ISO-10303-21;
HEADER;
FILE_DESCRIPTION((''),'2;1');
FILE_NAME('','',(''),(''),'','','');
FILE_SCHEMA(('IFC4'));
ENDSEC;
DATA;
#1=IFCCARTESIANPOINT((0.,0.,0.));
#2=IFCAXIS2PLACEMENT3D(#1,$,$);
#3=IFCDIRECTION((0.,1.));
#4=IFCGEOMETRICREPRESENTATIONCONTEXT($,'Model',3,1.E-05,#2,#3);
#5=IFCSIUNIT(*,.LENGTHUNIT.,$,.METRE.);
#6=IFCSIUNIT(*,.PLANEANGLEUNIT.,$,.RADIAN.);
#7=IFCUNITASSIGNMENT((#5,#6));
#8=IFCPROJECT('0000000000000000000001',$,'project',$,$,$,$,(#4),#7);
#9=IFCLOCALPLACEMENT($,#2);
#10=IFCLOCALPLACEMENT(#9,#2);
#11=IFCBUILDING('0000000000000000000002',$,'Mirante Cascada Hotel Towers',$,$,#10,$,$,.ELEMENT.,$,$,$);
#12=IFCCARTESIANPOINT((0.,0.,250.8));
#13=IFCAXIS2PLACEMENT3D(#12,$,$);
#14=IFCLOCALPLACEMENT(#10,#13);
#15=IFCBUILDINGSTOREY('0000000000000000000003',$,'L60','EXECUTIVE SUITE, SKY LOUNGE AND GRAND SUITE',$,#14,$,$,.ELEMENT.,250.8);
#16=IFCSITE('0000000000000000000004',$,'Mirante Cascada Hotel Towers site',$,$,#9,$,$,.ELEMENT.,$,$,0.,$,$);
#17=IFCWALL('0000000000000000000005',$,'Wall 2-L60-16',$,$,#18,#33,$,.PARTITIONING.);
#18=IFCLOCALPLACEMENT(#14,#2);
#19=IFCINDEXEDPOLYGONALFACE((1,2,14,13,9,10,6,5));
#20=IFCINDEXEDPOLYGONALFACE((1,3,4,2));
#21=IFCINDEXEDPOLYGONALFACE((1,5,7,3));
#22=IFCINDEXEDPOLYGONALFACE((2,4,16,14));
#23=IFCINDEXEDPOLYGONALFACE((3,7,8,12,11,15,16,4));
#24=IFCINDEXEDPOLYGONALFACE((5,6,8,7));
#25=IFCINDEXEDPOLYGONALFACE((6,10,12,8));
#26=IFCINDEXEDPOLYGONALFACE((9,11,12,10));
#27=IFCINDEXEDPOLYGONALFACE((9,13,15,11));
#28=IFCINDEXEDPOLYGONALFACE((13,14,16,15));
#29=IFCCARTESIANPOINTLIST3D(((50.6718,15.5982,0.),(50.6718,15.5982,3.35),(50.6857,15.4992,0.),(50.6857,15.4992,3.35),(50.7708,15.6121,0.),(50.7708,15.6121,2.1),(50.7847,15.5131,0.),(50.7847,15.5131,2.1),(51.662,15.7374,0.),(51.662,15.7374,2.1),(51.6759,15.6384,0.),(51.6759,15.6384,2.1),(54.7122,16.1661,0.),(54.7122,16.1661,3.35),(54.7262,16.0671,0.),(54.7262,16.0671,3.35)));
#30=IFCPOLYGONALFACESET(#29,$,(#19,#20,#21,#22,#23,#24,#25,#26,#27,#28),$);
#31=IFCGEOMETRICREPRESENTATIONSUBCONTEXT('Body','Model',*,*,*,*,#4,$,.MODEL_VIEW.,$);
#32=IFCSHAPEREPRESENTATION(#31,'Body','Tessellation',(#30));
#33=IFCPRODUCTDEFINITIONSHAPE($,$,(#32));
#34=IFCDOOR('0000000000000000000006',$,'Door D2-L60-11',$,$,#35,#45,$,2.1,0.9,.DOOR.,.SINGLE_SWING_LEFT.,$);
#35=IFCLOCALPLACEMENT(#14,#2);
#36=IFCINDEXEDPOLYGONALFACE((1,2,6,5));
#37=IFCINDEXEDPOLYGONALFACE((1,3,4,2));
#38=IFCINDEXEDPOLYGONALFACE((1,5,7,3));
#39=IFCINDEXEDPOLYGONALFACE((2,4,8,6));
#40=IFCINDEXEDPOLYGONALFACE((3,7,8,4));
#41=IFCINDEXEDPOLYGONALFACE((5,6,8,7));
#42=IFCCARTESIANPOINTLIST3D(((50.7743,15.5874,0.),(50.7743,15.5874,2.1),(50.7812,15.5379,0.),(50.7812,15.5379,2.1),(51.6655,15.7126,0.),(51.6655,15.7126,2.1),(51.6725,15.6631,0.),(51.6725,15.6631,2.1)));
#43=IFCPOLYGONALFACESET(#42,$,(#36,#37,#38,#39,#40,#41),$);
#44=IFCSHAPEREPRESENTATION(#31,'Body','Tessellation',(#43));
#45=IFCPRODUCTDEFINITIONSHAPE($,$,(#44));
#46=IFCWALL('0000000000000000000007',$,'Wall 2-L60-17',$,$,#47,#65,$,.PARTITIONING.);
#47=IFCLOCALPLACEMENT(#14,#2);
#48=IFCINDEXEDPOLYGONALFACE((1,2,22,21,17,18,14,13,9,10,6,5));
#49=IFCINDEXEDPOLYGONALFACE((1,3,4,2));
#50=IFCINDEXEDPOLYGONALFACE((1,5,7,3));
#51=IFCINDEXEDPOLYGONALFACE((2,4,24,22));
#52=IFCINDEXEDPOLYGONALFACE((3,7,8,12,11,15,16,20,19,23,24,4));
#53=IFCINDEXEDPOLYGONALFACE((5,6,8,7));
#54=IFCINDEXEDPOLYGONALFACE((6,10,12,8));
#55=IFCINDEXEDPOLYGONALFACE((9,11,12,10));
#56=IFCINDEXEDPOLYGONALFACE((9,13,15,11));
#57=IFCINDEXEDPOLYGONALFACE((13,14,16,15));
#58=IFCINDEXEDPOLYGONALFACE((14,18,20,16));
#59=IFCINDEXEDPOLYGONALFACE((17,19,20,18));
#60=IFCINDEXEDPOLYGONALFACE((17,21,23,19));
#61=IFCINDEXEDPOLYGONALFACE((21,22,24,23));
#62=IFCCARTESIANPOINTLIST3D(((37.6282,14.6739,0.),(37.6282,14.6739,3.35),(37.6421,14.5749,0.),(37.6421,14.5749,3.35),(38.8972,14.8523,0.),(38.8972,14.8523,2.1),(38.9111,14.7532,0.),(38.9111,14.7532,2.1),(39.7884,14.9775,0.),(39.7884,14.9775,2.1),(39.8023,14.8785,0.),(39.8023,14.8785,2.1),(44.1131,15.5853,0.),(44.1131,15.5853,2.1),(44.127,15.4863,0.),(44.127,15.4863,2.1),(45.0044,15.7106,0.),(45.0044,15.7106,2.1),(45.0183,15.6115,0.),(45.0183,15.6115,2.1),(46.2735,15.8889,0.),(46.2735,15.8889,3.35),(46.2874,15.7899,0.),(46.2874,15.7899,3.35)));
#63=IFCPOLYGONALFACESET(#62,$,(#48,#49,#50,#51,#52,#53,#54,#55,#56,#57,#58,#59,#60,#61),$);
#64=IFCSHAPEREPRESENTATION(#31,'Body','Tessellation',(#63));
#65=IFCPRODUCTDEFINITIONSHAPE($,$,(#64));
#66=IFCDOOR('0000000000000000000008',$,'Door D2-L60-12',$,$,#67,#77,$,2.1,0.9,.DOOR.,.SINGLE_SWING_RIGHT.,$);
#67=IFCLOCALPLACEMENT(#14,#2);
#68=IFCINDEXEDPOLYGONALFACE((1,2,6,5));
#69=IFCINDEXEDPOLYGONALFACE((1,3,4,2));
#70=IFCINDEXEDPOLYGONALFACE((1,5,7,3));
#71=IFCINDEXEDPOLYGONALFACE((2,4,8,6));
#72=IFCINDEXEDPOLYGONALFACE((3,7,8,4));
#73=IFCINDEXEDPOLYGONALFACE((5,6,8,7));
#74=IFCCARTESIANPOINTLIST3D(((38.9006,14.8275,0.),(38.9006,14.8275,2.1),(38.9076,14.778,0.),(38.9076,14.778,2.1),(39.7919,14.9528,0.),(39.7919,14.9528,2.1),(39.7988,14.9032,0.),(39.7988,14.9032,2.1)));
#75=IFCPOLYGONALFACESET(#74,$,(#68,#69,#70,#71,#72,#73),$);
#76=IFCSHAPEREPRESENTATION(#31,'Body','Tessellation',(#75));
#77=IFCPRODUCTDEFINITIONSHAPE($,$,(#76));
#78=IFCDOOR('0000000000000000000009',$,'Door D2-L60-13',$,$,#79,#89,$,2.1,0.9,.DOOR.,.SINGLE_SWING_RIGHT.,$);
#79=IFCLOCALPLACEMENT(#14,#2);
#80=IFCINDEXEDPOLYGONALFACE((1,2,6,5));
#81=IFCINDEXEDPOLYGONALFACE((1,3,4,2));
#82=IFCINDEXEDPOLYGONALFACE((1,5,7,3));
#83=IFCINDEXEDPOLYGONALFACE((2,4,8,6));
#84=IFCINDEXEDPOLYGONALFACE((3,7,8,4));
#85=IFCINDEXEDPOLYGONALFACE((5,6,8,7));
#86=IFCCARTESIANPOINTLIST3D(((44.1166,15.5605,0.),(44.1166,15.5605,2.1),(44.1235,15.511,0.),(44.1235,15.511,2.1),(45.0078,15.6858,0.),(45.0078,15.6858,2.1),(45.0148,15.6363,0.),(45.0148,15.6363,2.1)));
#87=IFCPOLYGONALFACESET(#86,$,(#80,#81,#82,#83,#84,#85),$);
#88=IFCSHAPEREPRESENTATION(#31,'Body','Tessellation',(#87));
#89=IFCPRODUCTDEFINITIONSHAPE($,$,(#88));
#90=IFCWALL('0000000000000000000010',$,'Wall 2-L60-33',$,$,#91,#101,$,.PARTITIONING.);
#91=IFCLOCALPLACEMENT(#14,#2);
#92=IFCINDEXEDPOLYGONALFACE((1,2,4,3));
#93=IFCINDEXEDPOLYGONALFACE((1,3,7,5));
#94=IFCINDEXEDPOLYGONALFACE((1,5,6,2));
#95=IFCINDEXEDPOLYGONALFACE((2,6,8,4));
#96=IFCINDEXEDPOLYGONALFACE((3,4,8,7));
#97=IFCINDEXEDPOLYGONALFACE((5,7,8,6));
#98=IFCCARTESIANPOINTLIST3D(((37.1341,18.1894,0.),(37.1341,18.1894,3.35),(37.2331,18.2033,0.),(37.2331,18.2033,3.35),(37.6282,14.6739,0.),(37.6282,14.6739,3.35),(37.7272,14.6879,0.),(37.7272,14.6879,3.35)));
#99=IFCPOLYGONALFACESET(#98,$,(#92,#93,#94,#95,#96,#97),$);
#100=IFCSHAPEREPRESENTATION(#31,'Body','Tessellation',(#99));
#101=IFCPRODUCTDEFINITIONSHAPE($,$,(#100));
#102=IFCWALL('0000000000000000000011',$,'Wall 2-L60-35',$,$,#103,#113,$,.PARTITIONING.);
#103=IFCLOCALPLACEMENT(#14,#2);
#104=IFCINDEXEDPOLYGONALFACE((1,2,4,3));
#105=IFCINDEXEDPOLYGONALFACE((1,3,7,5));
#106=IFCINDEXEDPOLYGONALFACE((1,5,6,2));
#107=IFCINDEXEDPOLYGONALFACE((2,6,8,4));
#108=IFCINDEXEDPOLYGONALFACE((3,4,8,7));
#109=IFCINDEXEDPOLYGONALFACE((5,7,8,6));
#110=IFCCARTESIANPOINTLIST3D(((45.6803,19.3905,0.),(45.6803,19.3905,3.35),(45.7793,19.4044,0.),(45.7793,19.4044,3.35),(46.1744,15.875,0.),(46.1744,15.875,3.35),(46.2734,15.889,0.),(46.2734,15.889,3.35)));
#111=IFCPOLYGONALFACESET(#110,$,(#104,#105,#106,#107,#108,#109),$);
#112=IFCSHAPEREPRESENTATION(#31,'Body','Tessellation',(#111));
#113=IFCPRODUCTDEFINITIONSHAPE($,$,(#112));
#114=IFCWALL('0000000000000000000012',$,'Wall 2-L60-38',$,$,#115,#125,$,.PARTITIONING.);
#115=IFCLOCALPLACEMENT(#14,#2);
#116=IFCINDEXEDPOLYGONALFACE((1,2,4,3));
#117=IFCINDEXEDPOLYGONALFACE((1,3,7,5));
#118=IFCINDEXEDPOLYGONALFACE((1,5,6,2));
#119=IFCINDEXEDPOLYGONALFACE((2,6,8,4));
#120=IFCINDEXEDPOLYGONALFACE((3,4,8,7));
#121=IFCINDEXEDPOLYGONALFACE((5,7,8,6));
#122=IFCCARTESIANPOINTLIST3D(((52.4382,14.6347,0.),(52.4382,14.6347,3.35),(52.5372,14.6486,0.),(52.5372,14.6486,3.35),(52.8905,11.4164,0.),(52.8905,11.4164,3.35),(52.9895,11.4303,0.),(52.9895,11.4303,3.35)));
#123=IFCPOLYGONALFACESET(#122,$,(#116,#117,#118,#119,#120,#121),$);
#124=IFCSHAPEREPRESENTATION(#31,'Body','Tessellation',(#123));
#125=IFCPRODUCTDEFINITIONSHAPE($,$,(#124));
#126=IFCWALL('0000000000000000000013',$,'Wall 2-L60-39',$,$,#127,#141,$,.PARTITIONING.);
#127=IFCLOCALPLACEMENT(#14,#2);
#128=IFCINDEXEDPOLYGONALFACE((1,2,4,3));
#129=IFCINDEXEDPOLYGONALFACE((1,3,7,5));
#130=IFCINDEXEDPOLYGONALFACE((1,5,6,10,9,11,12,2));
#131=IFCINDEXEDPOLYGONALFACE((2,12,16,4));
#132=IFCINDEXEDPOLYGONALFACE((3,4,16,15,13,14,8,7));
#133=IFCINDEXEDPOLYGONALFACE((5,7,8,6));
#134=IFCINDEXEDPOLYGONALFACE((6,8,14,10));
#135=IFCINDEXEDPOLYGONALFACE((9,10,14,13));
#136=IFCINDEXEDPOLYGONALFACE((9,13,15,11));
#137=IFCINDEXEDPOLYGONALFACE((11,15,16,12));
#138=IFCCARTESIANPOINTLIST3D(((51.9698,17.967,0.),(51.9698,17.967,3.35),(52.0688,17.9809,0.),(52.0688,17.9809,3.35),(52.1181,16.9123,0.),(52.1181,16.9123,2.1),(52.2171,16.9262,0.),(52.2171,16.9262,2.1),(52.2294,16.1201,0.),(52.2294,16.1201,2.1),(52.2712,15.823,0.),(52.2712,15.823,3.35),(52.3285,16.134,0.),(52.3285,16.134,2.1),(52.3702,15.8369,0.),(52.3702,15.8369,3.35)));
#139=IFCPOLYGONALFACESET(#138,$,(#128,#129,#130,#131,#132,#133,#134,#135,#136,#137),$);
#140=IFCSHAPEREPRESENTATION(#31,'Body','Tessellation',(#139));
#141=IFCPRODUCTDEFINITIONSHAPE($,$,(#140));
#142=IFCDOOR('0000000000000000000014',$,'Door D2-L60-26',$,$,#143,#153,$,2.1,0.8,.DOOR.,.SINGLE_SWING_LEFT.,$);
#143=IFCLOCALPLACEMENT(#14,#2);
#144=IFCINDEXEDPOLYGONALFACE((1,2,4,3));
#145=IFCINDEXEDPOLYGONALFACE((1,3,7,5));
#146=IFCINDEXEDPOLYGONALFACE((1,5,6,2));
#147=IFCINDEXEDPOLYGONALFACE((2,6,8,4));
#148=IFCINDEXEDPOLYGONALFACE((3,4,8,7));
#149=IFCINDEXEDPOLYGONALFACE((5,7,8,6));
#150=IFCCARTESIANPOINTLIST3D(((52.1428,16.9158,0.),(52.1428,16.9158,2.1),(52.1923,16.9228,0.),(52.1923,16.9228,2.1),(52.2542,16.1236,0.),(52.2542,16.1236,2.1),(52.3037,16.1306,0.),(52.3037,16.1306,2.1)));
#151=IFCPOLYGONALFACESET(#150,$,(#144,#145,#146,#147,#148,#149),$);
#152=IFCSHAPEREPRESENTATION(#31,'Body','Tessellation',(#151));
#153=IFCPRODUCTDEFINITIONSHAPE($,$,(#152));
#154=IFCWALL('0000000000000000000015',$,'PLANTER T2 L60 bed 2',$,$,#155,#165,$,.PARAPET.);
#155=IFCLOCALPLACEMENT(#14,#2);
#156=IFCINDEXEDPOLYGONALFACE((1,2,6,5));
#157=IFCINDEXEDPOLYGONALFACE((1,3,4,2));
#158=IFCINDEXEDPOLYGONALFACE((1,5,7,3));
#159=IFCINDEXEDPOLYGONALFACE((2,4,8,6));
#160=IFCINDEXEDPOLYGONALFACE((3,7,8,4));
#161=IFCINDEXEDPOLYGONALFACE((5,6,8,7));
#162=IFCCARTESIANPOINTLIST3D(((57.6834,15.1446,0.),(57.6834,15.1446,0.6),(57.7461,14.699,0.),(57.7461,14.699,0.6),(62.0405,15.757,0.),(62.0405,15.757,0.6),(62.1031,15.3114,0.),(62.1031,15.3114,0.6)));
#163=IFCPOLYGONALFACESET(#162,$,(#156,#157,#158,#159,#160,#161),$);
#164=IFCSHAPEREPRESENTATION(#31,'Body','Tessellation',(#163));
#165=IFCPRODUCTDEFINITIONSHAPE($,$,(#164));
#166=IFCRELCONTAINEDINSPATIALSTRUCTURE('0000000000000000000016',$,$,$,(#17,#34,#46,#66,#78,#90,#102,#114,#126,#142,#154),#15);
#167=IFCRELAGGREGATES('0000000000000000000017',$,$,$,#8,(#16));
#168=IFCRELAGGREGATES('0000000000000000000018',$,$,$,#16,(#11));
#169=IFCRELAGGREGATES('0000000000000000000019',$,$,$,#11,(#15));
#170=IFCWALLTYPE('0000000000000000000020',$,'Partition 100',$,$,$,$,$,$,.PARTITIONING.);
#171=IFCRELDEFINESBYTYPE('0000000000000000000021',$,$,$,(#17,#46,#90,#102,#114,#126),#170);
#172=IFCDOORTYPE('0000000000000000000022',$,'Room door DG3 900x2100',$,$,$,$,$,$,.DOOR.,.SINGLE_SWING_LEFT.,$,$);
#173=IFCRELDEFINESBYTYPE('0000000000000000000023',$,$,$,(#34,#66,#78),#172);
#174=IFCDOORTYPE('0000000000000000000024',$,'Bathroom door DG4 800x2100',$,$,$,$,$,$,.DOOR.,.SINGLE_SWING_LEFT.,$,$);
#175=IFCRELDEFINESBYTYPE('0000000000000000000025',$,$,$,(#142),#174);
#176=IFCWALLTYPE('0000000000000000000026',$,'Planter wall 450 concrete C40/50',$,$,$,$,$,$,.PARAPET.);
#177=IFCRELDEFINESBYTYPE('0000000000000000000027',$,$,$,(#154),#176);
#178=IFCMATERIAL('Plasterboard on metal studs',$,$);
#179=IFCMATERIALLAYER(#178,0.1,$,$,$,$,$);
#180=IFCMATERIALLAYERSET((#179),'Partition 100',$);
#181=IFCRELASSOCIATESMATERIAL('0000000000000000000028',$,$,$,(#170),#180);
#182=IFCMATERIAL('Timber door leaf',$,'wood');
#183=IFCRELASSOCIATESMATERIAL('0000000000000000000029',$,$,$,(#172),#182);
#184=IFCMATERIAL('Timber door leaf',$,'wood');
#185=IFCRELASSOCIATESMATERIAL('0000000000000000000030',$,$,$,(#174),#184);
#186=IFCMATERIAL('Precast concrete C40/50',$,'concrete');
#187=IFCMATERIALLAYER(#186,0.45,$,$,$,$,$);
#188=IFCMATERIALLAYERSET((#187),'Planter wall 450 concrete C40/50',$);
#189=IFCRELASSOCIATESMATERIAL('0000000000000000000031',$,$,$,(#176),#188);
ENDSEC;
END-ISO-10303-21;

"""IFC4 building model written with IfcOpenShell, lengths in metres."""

from ifc_helpers import new_model, si_unit, direction, frame, frame_2d, origin, place, context, subcontext, project, spatial, rectangle, extrude, material, layer, layer_set, type_object, element, fill, save


model = new_model("IFC4")

# Units and contexts
model_context = context("Model", 3, precision=1e-05, world=origin(), true_north=direction((0.0, 1.0)))
body_context = subcontext(model_context, "Body", "Model", "MODEL_VIEW")
ifc_project = project(units=[si_unit("LENGTHUNIT", "METRE"), si_unit("PLANEANGLEUNIT", "RADIAN")], contexts=[model_context])

# Site, building, storey
site_placement = place(None, origin())
site = spatial("IfcSite", under=ifc_project, at=site_placement, Name="Mirante Cascada Hotel Towers site", CompositionType="ELEMENT", RefElevation=0.0)
building_placement = place(site_placement, origin())
building = spatial("IfcBuilding", under=site, at=building_placement, Name="Mirante Cascada Hotel Towers", CompositionType="ELEMENT")
storey_placement = place(building_placement, frame((0.0, 0.0, 250.8)))
storey = spatial("IfcBuildingStorey", under=building, at=storey_placement, Name="L60", Description="EXECUTIVE SUITE, SKY LOUNGE AND GRAND SUITE", CompositionType="ELEMENT", Elevation=250.8)

# Wall, opening, door
ifc_material_1 = material(Name="Plasterboard on metal studs")
ifc_layer_1 = layer(ifc_material_1, 0.1)
ifc_layer_set_1 = layer_set([ifc_layer_1], Name="Partition 100")
wall_type_1 = type_object("IfcWallType", Name="Partition 100", PredefinedType="PARTITIONING", material=ifc_layer_set_1)
wall_1_placement = place(storey_placement, frame((54.7192, 16.1166, 0.0), z_axis=(0.0, 0.0, 1.0), x_axis=(-0.990267, -0.139184, 0.0)))
wall_1 = element("IfcWall", 1, at=wall_1_placement, inside=storey, type_object=wall_type_1, Name="Wall 2-L60-16", PredefinedType="PARTITIONING", context=body_context, shape_type="SweptSolid", body=[
    extrude(rectangle(XDim=4.0802, YDim=0.1, at=frame_2d((2.0401, 0.0))), origin(), (0.0, 0.0, 1.0), 3.35),
])
opening_1_placement = place(wall_1_placement, frame((3.0802, 0.0, 0.0)))
opening_1 = element("IfcOpeningElement", 2, at=opening_1_placement, cuts=wall_1, PredefinedType="OPENING", context=body_context, shape_type="SweptSolid", body=[
    extrude(rectangle(XDim=0.9, YDim=2.1, at=frame_2d((0.45, 1.05))), frame((0.0, 0.05, 0.0), z_axis=(0.0, -1.0, 0.0), x_axis=(1.0, 0.0, 0.0)), (0.0, 0.0, 1.0), 0.1),
])
ifc_material_2 = material(Name="Timber door leaf", Category="wood")
door_type_1 = type_object("IfcDoorType", Name="Room door DG3 900x2100", OperationType="SINGLE_SWING_LEFT", PredefinedType="DOOR", material=ifc_material_2)
door_1_placement = place(opening_1_placement, origin())
door_1 = element("IfcDoor", 3, at=door_1_placement, inside=storey, type_object=door_type_1, Name="Door D2-L60-11", OperationType="SINGLE_SWING_LEFT", OverallHeight=2.1, OverallWidth=0.9, PredefinedType="DOOR", context=body_context, shape_type="SweptSolid", body=[
    extrude(rectangle(XDim=0.9, YDim=2.1, at=frame_2d((0.45, 1.05))), frame((0.0, 0.025, 0.0), z_axis=(0.0, -1.0, 0.0), x_axis=(1.0, 0.0, 0.0)), (0.0, 0.0, 1.0), 0.05),
])
fill(opening_1, door_1)

# Wall, openings, doors
wall_2_placement = place(storey_placement, frame((37.6351, 14.6244, 0.0), z_axis=(0.0, 0.0, 1.0), x_axis=(0.990268, 0.139171, 0.0)))
wall_2 = element("IfcWall", 4, at=wall_2_placement, inside=storey, type_object=wall_type_1, Name="Wall 2-L60-17", PredefinedType="PARTITIONING", context=body_context, shape_type="SweptSolid", body=[
    extrude(rectangle(XDim=8.7303, YDim=0.1, at=frame_2d((4.3652, 0.0))), origin(), (0.0, 0.0, 1.0), 3.35),
])
opening_2_placement = place(wall_2_placement, frame((1.2815, 0.0, 0.0)))
opening_2 = element("IfcOpeningElement", 5, at=opening_2_placement, cuts=wall_2, PredefinedType="OPENING", context=body_context, shape_type="SweptSolid", body=[
    extrude(rectangle(XDim=0.9, YDim=2.1, at=frame_2d((0.45, 1.05))), frame((0.0, 0.05, 0.0), z_axis=(0.0, -1.0, 0.0), x_axis=(1.0, 0.0, 0.0)), (0.0, 0.0, 1.0), 0.1),
])
opening_3_placement = place(wall_2_placement, frame((6.5487, 0.0, 0.0)))
opening_3 = element("IfcOpeningElement", 6, at=opening_3_placement, cuts=wall_2, PredefinedType="OPENING", context=body_context, shape_type="SweptSolid", body=[
    extrude(rectangle(XDim=0.9, YDim=2.1, at=frame_2d((0.45, 1.05))), frame((0.0, 0.05, 0.0), z_axis=(0.0, -1.0, 0.0), x_axis=(1.0, 0.0, 0.0)), (0.0, 0.0, 1.0), 0.1),
])
door_2_placement = place(opening_2_placement, frame((0.9, 0.0, 0.0), z_axis=(0.0, 0.0, 1.0), x_axis=(-1.0, 0.0, 0.0)))
door_2 = element("IfcDoor", 7, at=door_2_placement, inside=storey, type_object=door_type_1, Name="Door D2-L60-12", OperationType="SINGLE_SWING_RIGHT", OverallHeight=2.1, OverallWidth=0.9, PredefinedType="DOOR", context=body_context, shape_type="SweptSolid", body=[
    extrude(rectangle(XDim=0.9, YDim=2.1, at=frame_2d((0.45, 1.05))), frame((0.0, 0.025, 0.0), z_axis=(0.0, -1.0, 0.0), x_axis=(1.0, 0.0, 0.0)), (0.0, 0.0, 1.0), 0.05),
])
fill(opening_2, door_2)
door_3_placement = place(opening_3_placement, frame((0.9, 0.0, 0.0), z_axis=(0.0, 0.0, 1.0), x_axis=(-1.0, 0.0, 0.0)))
door_3 = element("IfcDoor", 8, at=door_3_placement, inside=storey, type_object=door_type_1, Name="Door D2-L60-13", OperationType="SINGLE_SWING_RIGHT", OverallHeight=2.1, OverallWidth=0.9, PredefinedType="DOOR", context=body_context, shape_type="SweptSolid", body=[
    extrude(rectangle(XDim=0.9, YDim=2.1, at=frame_2d((0.45, 1.05))), frame((0.0, 0.025, 0.0), z_axis=(0.0, -1.0, 0.0), x_axis=(1.0, 0.0, 0.0)), (0.0, 0.0, 1.0), 0.05),
])
fill(opening_3, door_3)

# Walls
for number, where, z_axis, x_axis, name in (
    (9, (37.6777, 14.6809, 0.0), (0.0, 0.0, 1.0), (-0.139185, 0.990266, 0.0), "Wall 2-L60-33"),
    (10, (46.2239, 15.882, 0.0), (0.0, 0.0, 1.0), (-0.139185, 0.990266, 0.0), "Wall 2-L60-35"),
):
    element("IfcWall", number, at=place(storey_placement, frame(where, z_axis=z_axis, x_axis=x_axis)), inside=storey, type_object=wall_type_1, Name=name, PredefinedType="PARTITIONING", context=body_context, shape_type="SweptSolid", body=[
        extrude(rectangle(XDim=3.55, YDim=0.1, at=frame_2d((1.775, 0.0))), origin(), (0.0, 0.0, 1.0), 3.35),
    ])
wall_3_placement = place(storey_placement, frame((52.4877, 14.6416, 0.0), z_axis=(0.0, 0.0, 1.0), x_axis=(0.139172, -0.990268, 0.0)))
element("IfcWall", 11, at=wall_3_placement, inside=storey, type_object=wall_type_1, Name="Wall 2-L60-38", PredefinedType="PARTITIONING", context=body_context, shape_type="SweptSolid", body=[
    extrude(rectangle(XDim=3.2499, YDim=0.1, at=frame_2d((1.6249, 0.0))), origin(), (0.0, 0.0, 1.0), 3.35),
])

# Wall, opening, door
wall_4_placement = place(storey_placement, frame((52.3207, 15.83, 0.0), z_axis=(0.0, 0.0, 1.0), x_axis=(-0.13921, 0.990263, 0.0)))
wall_4 = element("IfcWall", 12, at=wall_4_placement, inside=storey, type_object=wall_type_1, Name="Wall 2-L60-39", PredefinedType="PARTITIONING", context=body_context, shape_type="SweptSolid", body=[
    extrude(rectangle(XDim=2.1651, YDim=0.1, at=frame_2d((1.0825, 0.0))), origin(), (0.0, 0.0, 1.0), 3.35),
])
opening_4_placement = place(wall_4_placement, frame((0.3, 0.0, 0.0)))
opening_4 = element("IfcOpeningElement", 13, at=opening_4_placement, cuts=wall_4, PredefinedType="OPENING", context=body_context, shape_type="SweptSolid", body=[
    extrude(rectangle(XDim=0.8, YDim=2.1, at=frame_2d((0.4, 1.05))), frame((0.0, 0.05, 0.0), z_axis=(0.0, -1.0, 0.0), x_axis=(1.0, 0.0, 0.0)), (0.0, 0.0, 1.0), 0.1),
])
ifc_material_3 = material(Name="Timber door leaf", Category="wood")
door_type_2 = type_object("IfcDoorType", Name="Bathroom door DG4 800x2100", OperationType="SINGLE_SWING_LEFT", PredefinedType="DOOR", material=ifc_material_3)
door_4_placement = place(opening_4_placement, origin())
door_4 = element("IfcDoor", 14, at=door_4_placement, inside=storey, type_object=door_type_2, Name="Door D2-L60-26", OperationType="SINGLE_SWING_LEFT", OverallHeight=2.1, OverallWidth=0.8, PredefinedType="DOOR", context=body_context, shape_type="SweptSolid", body=[
    extrude(rectangle(XDim=0.8, YDim=2.1, at=frame_2d((0.4, 1.05))), frame((0.0, 0.025, 0.0), z_axis=(0.0, -1.0, 0.0), x_axis=(1.0, 0.0, 0.0)), (0.0, 0.0, 1.0), 0.05),
])
fill(opening_4, door_4)

# Wall
ifc_material_4 = material(Name="Precast concrete C40/50", Category="concrete")
ifc_layer_2 = layer(ifc_material_4, 0.45)
ifc_layer_set_2 = layer_set([ifc_layer_2], Name="Planter wall 450 concrete C40/50")
wall_type_2 = type_object("IfcWallType", Name="Planter wall 450 concrete C40/50", PredefinedType="PARAPET", material=ifc_layer_set_2)
wall_5_placement = place(storey_placement, frame((57.7147, 14.9218, 0.0), z_axis=(0.0, 0.0, 1.0), x_axis=(0.990267, 0.139184, 0.0)))
element("IfcWall", 15, at=wall_5_placement, inside=storey, type_object=wall_type_2, Name="PLANTER T2 L60 bed 2", PredefinedType="PARAPET", context=body_context, shape_type="SweptSolid", body=[
    extrude(rectangle(XDim=4.3999, YDim=0.45, at=frame_2d((2.2, 0.0))), origin(), (0.0, 0.0, 1.0), 0.6),
])

save(model, "model.ifc")
